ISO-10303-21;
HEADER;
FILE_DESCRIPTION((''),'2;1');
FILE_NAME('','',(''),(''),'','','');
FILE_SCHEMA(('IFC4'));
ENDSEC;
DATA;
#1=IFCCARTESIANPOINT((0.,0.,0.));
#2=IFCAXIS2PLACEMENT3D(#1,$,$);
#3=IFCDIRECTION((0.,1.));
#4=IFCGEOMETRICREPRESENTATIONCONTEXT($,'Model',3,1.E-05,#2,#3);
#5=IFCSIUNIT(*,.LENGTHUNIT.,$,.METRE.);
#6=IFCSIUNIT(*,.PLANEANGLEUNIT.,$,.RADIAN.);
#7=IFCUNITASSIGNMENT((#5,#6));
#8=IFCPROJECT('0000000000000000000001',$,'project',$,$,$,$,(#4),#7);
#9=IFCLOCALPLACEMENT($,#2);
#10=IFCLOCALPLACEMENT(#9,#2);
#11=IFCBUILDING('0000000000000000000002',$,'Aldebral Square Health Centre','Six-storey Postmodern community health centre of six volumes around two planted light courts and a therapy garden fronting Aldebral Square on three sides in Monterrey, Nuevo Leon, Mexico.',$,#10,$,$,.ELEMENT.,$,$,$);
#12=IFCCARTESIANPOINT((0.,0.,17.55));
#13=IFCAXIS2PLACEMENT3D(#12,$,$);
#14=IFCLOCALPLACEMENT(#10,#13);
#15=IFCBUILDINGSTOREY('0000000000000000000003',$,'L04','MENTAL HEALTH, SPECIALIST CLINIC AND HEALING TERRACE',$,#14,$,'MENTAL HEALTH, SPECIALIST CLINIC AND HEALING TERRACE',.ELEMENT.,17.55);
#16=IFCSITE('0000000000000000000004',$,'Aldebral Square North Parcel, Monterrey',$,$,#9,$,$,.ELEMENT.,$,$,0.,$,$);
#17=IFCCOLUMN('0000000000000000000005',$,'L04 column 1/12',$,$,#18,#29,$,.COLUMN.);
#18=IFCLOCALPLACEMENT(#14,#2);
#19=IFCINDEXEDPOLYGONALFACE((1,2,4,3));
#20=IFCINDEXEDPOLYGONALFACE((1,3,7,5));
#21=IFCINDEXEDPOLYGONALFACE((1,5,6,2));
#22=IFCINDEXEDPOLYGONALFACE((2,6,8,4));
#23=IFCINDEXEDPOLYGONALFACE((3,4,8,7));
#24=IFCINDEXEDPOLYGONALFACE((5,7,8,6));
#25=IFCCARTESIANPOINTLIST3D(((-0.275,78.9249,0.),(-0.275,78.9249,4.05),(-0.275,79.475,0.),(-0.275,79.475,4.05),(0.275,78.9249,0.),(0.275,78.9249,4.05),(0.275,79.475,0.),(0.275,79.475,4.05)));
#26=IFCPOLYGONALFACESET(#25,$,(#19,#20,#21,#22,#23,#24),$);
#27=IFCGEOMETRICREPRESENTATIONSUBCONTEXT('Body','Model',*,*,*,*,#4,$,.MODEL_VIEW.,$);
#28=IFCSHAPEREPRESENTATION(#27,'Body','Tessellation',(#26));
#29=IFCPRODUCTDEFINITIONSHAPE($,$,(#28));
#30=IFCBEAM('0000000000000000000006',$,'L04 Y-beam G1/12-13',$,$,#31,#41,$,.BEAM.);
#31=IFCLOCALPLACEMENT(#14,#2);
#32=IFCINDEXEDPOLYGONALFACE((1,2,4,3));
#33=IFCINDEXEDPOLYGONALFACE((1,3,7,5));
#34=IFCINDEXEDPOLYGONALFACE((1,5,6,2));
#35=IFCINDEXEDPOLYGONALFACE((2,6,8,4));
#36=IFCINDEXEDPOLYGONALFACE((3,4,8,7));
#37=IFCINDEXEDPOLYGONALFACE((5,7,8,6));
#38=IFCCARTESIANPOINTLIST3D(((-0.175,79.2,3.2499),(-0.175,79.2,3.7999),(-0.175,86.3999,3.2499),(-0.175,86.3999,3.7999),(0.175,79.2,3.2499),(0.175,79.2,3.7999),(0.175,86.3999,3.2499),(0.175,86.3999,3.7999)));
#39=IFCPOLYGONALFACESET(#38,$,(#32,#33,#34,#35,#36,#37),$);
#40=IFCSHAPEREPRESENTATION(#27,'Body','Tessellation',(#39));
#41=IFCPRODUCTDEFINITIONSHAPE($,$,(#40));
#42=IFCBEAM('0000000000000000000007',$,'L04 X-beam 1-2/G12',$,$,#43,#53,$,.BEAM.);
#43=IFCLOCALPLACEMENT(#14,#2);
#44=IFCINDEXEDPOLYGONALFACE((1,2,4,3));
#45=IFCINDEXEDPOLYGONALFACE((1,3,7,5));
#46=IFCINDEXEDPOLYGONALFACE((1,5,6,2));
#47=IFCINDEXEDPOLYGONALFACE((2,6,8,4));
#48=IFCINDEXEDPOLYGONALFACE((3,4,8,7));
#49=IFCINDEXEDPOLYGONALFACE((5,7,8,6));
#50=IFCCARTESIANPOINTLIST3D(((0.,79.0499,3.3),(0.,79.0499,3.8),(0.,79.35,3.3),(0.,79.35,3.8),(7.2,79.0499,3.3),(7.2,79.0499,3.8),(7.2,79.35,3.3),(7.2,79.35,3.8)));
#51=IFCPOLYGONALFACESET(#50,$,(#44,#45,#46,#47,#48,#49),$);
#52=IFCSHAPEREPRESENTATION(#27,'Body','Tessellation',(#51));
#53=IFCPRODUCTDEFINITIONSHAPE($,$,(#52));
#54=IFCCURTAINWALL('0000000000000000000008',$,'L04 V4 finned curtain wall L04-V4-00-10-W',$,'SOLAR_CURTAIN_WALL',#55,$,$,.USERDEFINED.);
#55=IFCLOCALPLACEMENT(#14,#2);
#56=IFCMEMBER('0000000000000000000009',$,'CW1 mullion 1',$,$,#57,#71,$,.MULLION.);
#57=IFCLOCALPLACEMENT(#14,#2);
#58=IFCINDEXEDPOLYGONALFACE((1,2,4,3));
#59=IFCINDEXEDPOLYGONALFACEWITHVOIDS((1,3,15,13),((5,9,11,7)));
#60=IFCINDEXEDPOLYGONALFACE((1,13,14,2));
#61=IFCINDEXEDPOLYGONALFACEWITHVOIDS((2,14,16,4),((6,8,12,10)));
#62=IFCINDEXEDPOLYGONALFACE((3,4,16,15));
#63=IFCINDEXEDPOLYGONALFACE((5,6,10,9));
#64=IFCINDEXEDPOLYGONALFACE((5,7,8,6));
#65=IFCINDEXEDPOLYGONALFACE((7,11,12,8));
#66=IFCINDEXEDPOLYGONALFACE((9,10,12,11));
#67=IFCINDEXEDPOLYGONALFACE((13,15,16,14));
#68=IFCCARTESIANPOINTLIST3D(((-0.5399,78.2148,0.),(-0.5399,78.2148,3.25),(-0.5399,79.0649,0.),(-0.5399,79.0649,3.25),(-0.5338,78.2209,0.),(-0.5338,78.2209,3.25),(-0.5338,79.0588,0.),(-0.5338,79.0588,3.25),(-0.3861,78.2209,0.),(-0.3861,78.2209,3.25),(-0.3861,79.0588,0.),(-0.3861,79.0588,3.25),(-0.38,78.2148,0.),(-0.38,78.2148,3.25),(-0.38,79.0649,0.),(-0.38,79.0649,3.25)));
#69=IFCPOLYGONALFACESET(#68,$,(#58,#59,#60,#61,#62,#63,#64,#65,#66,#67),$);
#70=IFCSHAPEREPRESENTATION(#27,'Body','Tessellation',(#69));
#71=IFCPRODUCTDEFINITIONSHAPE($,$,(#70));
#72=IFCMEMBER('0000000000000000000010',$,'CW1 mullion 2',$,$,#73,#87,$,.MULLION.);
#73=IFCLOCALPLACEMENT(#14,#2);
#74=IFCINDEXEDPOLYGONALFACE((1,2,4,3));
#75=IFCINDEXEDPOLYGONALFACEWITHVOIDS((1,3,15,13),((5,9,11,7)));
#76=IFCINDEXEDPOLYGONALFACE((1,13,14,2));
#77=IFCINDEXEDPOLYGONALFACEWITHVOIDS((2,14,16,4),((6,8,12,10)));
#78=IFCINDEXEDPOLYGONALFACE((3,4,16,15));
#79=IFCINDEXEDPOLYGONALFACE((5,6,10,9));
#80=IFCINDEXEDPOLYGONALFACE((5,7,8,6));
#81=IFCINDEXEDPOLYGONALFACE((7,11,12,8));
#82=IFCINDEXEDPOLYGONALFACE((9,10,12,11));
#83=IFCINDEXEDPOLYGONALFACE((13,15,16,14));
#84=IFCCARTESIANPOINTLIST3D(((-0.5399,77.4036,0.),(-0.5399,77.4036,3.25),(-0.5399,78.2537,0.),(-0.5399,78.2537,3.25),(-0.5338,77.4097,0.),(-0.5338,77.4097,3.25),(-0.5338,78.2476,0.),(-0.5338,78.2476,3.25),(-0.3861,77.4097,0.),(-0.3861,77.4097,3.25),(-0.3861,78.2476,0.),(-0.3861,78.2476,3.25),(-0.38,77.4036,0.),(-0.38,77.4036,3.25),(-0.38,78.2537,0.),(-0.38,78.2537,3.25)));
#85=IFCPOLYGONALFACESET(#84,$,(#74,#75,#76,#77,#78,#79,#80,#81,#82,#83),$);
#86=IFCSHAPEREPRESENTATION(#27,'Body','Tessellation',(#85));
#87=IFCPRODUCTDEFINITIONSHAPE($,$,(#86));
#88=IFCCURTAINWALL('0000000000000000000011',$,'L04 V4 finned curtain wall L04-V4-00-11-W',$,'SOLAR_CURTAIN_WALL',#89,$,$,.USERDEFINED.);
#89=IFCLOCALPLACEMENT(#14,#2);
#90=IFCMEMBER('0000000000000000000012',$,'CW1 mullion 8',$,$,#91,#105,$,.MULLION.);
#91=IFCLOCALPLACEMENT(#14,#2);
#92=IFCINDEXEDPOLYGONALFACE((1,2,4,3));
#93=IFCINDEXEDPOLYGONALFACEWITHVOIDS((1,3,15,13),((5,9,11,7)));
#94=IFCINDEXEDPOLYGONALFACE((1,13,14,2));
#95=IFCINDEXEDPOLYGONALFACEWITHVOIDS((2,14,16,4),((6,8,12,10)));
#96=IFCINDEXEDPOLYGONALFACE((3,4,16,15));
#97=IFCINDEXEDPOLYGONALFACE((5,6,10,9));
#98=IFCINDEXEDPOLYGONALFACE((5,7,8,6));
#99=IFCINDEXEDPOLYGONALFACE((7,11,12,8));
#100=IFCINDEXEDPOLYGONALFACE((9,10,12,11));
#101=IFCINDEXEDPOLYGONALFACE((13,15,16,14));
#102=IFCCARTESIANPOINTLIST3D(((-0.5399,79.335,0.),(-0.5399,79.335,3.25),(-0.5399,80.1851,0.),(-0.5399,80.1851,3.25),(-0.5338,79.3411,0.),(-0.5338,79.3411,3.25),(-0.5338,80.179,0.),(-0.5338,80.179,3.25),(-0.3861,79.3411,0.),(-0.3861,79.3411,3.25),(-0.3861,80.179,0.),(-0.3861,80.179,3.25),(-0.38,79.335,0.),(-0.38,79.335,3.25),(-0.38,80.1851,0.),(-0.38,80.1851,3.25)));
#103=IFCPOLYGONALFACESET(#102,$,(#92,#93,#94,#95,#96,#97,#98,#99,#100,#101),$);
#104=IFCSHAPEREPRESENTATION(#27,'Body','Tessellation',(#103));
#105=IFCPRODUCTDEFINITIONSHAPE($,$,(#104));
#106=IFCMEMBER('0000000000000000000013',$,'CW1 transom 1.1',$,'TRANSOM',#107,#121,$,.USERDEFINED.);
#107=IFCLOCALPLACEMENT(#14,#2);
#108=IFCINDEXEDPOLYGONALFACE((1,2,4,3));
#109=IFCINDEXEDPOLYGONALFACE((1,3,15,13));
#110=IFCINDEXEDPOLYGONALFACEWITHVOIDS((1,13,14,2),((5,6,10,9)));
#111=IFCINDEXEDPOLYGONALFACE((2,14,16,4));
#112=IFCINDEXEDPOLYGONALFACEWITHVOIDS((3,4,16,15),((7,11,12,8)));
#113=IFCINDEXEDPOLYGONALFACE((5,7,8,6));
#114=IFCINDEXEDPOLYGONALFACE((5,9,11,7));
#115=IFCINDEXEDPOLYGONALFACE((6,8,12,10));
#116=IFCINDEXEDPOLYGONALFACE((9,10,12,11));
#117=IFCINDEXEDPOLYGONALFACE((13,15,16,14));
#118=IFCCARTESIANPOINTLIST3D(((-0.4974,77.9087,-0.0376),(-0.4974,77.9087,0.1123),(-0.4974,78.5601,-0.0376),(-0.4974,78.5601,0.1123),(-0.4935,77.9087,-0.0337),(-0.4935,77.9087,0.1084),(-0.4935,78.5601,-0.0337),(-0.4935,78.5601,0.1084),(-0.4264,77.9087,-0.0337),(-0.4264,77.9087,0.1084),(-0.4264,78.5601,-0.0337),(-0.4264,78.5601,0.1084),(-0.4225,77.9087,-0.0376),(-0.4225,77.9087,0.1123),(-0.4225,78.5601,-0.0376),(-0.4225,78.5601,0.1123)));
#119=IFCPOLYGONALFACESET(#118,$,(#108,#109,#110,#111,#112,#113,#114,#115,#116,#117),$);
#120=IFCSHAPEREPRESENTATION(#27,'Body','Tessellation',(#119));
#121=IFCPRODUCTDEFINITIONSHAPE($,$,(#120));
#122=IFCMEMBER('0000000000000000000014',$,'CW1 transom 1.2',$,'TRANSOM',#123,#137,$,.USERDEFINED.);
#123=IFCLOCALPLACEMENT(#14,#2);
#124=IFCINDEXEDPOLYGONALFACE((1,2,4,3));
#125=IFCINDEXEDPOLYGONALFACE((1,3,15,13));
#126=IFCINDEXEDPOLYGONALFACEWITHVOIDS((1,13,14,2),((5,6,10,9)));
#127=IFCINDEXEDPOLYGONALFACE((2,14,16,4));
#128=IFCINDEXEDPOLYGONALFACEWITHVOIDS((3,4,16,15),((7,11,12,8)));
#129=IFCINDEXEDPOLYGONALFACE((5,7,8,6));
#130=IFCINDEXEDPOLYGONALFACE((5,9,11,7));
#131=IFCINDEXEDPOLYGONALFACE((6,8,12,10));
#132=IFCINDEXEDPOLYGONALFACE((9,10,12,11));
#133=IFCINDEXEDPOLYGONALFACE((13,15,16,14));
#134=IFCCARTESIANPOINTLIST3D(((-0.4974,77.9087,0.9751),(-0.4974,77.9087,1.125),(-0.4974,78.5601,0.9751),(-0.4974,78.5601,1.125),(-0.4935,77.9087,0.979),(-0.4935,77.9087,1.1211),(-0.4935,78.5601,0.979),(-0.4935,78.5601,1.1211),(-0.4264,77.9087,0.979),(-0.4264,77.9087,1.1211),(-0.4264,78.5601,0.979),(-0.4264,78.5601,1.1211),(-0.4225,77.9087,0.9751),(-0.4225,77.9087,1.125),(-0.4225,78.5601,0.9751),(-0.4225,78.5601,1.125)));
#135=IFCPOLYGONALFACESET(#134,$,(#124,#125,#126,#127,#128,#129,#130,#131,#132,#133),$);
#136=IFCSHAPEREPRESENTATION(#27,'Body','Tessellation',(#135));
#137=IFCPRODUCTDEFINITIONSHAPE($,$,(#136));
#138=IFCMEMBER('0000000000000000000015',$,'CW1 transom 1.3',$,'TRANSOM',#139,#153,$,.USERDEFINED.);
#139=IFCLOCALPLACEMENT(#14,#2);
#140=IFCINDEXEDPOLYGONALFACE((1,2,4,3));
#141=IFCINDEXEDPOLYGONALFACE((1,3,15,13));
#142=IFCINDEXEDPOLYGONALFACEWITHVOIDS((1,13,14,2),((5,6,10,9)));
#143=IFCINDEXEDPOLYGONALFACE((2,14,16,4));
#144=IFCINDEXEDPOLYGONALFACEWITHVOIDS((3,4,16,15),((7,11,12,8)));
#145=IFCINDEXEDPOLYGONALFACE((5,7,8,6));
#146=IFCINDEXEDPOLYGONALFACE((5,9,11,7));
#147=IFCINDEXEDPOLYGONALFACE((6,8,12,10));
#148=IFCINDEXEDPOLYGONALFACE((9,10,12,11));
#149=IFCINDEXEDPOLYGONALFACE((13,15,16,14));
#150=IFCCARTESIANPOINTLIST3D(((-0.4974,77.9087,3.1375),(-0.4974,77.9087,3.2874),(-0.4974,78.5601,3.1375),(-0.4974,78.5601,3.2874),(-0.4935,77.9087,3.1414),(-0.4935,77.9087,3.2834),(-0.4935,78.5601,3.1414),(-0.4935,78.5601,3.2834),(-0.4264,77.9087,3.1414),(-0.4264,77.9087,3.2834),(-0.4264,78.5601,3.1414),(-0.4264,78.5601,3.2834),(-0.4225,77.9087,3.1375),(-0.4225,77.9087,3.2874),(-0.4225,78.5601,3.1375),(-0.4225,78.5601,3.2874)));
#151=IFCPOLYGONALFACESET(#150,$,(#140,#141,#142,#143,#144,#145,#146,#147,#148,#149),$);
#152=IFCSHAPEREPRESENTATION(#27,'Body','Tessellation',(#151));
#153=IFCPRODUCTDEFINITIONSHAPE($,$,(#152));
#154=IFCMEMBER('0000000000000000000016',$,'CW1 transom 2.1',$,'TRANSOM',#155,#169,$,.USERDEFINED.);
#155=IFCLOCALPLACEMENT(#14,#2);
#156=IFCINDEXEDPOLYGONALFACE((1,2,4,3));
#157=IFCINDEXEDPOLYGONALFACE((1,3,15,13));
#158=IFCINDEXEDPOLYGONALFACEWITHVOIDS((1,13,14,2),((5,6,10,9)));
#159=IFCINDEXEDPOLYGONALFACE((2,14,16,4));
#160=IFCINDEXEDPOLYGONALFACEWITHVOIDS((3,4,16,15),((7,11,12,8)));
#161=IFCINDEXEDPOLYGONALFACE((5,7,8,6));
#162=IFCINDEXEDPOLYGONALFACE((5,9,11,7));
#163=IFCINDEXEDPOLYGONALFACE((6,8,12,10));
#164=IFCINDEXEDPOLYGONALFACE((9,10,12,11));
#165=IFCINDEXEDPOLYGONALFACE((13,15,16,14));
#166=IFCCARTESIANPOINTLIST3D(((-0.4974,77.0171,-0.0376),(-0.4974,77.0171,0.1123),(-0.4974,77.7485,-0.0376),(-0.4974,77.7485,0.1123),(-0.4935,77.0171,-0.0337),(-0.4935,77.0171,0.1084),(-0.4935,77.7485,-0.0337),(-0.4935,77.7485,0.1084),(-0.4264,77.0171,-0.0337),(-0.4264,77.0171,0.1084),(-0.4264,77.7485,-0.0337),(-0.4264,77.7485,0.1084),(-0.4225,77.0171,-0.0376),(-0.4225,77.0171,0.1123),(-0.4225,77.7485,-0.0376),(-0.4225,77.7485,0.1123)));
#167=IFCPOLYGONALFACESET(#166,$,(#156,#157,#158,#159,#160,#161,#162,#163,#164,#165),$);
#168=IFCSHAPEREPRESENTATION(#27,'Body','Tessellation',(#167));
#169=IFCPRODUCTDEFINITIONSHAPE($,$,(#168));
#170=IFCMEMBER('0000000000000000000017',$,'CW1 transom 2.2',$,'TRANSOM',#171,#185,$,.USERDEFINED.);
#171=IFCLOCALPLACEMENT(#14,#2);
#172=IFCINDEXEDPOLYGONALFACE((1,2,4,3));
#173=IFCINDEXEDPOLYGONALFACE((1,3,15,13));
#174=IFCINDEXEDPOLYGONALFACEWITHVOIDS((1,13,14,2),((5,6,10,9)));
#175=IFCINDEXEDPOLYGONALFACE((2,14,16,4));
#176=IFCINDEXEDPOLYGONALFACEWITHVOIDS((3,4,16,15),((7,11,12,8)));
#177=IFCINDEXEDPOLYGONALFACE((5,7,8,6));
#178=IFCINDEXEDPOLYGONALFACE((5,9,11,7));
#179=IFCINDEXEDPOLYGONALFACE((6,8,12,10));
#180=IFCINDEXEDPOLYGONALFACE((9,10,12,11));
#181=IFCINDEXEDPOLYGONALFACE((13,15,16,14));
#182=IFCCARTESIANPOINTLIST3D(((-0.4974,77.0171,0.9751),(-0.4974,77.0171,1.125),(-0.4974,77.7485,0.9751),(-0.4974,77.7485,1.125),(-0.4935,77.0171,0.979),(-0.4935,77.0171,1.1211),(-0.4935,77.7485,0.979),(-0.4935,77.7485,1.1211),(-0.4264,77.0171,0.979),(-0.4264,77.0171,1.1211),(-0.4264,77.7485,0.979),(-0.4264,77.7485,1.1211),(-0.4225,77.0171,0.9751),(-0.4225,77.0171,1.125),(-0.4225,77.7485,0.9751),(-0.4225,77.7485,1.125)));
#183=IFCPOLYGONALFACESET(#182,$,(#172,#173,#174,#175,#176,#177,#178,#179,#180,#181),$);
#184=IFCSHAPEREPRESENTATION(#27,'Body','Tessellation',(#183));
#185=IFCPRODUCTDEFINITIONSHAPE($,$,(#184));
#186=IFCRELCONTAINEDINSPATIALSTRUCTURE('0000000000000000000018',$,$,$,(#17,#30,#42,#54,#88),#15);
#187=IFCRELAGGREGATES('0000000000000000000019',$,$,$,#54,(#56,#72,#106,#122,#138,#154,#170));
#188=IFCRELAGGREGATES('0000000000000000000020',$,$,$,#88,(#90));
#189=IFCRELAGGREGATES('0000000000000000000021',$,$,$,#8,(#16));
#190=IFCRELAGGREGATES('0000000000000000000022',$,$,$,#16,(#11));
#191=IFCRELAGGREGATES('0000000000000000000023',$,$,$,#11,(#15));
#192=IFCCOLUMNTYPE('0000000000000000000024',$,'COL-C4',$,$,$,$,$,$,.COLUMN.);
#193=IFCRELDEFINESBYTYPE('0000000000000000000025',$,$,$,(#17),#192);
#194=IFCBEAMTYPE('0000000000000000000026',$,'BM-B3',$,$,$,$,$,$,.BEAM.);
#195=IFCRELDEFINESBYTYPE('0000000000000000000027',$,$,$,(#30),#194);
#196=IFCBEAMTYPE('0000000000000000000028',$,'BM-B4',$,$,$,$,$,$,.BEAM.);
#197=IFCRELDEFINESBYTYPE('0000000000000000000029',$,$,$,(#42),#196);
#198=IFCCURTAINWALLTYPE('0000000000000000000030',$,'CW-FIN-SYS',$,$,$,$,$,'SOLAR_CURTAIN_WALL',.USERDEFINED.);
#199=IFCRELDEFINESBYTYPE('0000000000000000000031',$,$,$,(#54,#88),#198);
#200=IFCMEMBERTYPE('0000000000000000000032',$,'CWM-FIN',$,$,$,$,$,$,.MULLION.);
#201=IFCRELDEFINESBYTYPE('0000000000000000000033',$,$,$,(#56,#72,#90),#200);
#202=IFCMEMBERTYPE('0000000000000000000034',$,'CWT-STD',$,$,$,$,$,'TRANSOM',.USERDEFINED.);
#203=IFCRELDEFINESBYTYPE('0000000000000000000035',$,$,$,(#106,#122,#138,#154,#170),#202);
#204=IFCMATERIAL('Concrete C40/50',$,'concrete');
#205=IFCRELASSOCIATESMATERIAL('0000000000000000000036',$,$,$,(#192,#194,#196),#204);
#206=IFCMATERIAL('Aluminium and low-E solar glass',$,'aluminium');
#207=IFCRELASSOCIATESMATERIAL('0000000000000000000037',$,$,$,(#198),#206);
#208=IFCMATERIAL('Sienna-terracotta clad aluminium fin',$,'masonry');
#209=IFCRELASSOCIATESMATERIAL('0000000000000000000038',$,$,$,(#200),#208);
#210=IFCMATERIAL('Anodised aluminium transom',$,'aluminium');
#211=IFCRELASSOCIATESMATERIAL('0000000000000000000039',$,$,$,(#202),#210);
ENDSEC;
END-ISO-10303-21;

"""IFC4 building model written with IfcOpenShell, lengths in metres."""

from ifc_helpers import new_model, si_unit, direction, frame, origin, origin_2d, place, context, subcontext, project, spatial, rectangle, hollow_rectangle, extrude, material, material_profile, profile_set, type_object, element, aggregate, save


model = new_model("IFC4")

# Units and contexts
model_context = context("Model", 3, precision=1e-05, world=origin(), true_north=direction((0.0, 1.0)))
body_context = subcontext(model_context, "Body", "Model", "MODEL_VIEW")
ifc_project = project(units=[si_unit("LENGTHUNIT", "METRE"), si_unit("PLANEANGLEUNIT", "RADIAN")], contexts=[model_context])

# Site, building, storey
site_placement = place(None, origin())
site = spatial("IfcSite", under=ifc_project, at=site_placement, Name="Aldebral Square North Parcel, Monterrey", CompositionType="ELEMENT", RefElevation=0.0)
building_placement = place(site_placement, origin())
building = spatial("IfcBuilding", under=site, at=building_placement, Name="Aldebral Square Health Centre", Description="Six-storey Postmodern community health centre of six volumes around two planted light courts and a therapy garden fronting Aldebral Square on three sides in Monterrey, Nuevo Leon, Mexico.", CompositionType="ELEMENT")
storey_placement = place(building_placement, frame((0.0, 0.0, 17.55)))
storey = spatial("IfcBuildingStorey", under=building, at=storey_placement, Name="L04", Description="MENTAL HEALTH, SPECIALIST CLINIC AND HEALING TERRACE", LongName="MENTAL HEALTH, SPECIALIST CLINIC AND HEALING TERRACE", CompositionType="ELEMENT", Elevation=17.55)

# Column
ifc_material_1 = material(Name="Concrete C40/50", Category="concrete")
ifc_material_profile_1 = material_profile(ifc_material_1, rectangle(XDim=0.55, YDim=0.55, at=origin_2d()), Name="RC 550x550")
ifc_profile_set_1 = profile_set([ifc_material_profile_1], Name="Concrete C40/50")
column_type = type_object("IfcColumnType", Name="COL-C4", PredefinedType="COLUMN", material=ifc_profile_set_1)
column_placement = place(storey_placement, frame((0.0, 79.2, 0.0), z_axis=(0.0, 0.0, 1.0), x_axis=(1.0, 0.0, 0.0)))
element("IfcColumn", 1, at=column_placement, inside=storey, type_object=column_type, Name="L04 column 1/12", PredefinedType="COLUMN", context=body_context, shape_type="SweptSolid", body=[
    extrude(rectangle(XDim=0.55, YDim=0.55, at=origin_2d()), origin(), (0.0, 0.0, 1.0), 4.05),
])

# Beams
ifc_material_profile_2 = material_profile(ifc_material_1, rectangle(XDim=0.3501, YDim=0.55, at=origin_2d()), Name="RC 350x550")
ifc_profile_set_2 = profile_set([ifc_material_profile_2], Name="Concrete C40/50")
beam_type_1 = type_object("IfcBeamType", Name="BM-B3", PredefinedType="BEAM", material=ifc_profile_set_2)
beam_1_placement = place(storey_placement, frame((0.0, 79.2, 3.5249), z_axis=(0.0, 1.0, 0.0), x_axis=(-1.0, 0.0, 0.0)))
element("IfcBeam", 2, at=beam_1_placement, inside=storey, type_object=beam_type_1, Name="L04 Y-beam G1/12-13", PredefinedType="BEAM", context=body_context, shape_type="SweptSolid", body=[
    extrude(rectangle(XDim=0.3501, YDim=0.55, at=origin_2d()), origin(), (0.0, 0.0, 1.0), 7.2),
])
ifc_material_profile_3 = material_profile(ifc_material_1, rectangle(XDim=0.3, YDim=0.5, at=origin_2d()), Name="RC 300x500")
ifc_profile_set_3 = profile_set([ifc_material_profile_3], Name="Concrete C40/50")
beam_type_2 = type_object("IfcBeamType", Name="BM-B4", PredefinedType="BEAM", material=ifc_profile_set_3)
beam_2_placement = place(storey_placement, frame((0.0, 79.2, 3.55), z_axis=(1.0, 0.0, 0.0), x_axis=(0.0, 1.0, 0.0)))
element("IfcBeam", 3, at=beam_2_placement, inside=storey, type_object=beam_type_2, Name="L04 X-beam 1-2/G12", PredefinedType="BEAM", context=body_context, shape_type="SweptSolid", body=[
    extrude(rectangle(XDim=0.3, YDim=0.5, at=origin_2d()), origin(), (0.0, 0.0, 1.0), 7.2),
])

# Curtain wall, members
ifc_material_2 = material(Name="Aluminium and low-E solar glass", Category="aluminium")
curtain_wall_type = type_object("IfcCurtainWallType", Name="CW-FIN-SYS", ElementType="SOLAR_CURTAIN_WALL", PredefinedType="USERDEFINED", material=ifc_material_2)
curtain_wall_1_placement = place(storey_placement, origin())
curtain_wall_1 = element("IfcCurtainWall", 4, at=curtain_wall_1_placement, inside=storey, type_object=curtain_wall_type, Name="L04 V4 finned curtain wall L04-V4-00-10-W", ObjectType="SOLAR_CURTAIN_WALL", PredefinedType="USERDEFINED")
ifc_material_3 = material(Name="Sienna-terracotta clad aluminium fin", Category="masonry")
ifc_material_profile_4 = material_profile(ifc_material_3, hollow_rectangle(XDim=0.1599, YDim=0.8501, WallThickness=0.0061, at=origin_2d()), Name="FIN 160x850x6")
ifc_profile_set_4 = profile_set([ifc_material_profile_4], Name="Sienna-terracotta clad aluminium fin")
member_type_1 = type_object("IfcMemberType", Name="CWM-FIN", PredefinedType="MULLION", material=ifc_profile_set_4)
member_1_placement = place(storey_placement, frame((-0.46, 78.6399, 0.0), z_axis=(0.0, 0.0, 1.0), x_axis=(1.0, 0.0, 0.0)))
member_1 = element("IfcMember", 5, at=member_1_placement, type_object=member_type_1, Name="CW1 mullion 1", PredefinedType="MULLION", context=body_context, shape_type="SweptSolid", body=[
    extrude(hollow_rectangle(XDim=0.1599, YDim=0.8501, WallThickness=0.0061, at=origin_2d()), origin(), (0.0, 0.0, 1.0), 3.25),
])
member_2_placement = place(storey_placement, frame((-0.46, 77.8286, 0.0), z_axis=(0.0, 0.0, 1.0), x_axis=(1.0, 0.0, 0.0)))
member_2 = element("IfcMember", 6, at=member_2_placement, type_object=member_type_1, Name="CW1 mullion 2", PredefinedType="MULLION", context=body_context, shape_type="SweptSolid", body=[
    extrude(hollow_rectangle(XDim=0.1599, YDim=0.8501, WallThickness=0.0061, at=origin_2d()), origin(), (0.0, 0.0, 1.0), 3.25),
])

# Curtain wall, member
curtain_wall_2_placement = place(storey_placement, origin())
curtain_wall_2 = element("IfcCurtainWall", 7, at=curtain_wall_2_placement, inside=storey, type_object=curtain_wall_type, Name="L04 V4 finned curtain wall L04-V4-00-11-W", ObjectType="SOLAR_CURTAIN_WALL", PredefinedType="USERDEFINED")
member_3_placement = place(storey_placement, frame((-0.46, 79.76, 0.0), z_axis=(0.0, 0.0, 1.0), x_axis=(1.0, 0.0, 0.0)))
member_3 = element("IfcMember", 8, at=member_3_placement, type_object=member_type_1, Name="CW1 mullion 8", PredefinedType="MULLION", context=body_context, shape_type="SweptSolid", body=[
    extrude(hollow_rectangle(XDim=0.1599, YDim=0.8501, WallThickness=0.0061, at=origin_2d()), origin(), (0.0, 0.0, 1.0), 3.25),
])

# Members
ifc_material_4 = material(Name="Anodised aluminium transom", Category="aluminium")
ifc_material_profile_5 = material_profile(ifc_material_4, hollow_rectangle(XDim=0.075, YDim=0.1499, WallThickness=0.0039, at=origin_2d()), Name="CWT 75x150x4")
ifc_profile_set_5 = profile_set([ifc_material_profile_5], Name="Anodised aluminium transom")
member_type_2 = type_object("IfcMemberType", Name="CWT-STD", ElementType="TRANSOM", PredefinedType="USERDEFINED", material=ifc_profile_set_5)
member_4_placement = place(storey_placement, frame((-0.46, 78.5601, 0.0374), z_axis=(0.0, -1.0, 0.0), x_axis=(1.0, 0.0, 0.0)))
member_4 = element("IfcMember", 9, at=member_4_placement, type_object=member_type_2, Name="CW1 transom 1.1", ObjectType="TRANSOM", PredefinedType="USERDEFINED", context=body_context, shape_type="SweptSolid", body=[
    extrude(hollow_rectangle(XDim=0.075, YDim=0.1499, WallThickness=0.0039, at=origin_2d()), origin(), (0.0, 0.0, 1.0), 0.6514),
])
member_5_placement = place(storey_placement, frame((-0.46, 78.5601, 1.05), z_axis=(0.0, -1.0, 0.0), x_axis=(1.0, 0.0, 0.0)))
member_5 = element("IfcMember", 10, at=member_5_placement, type_object=member_type_2, Name="CW1 transom 1.2", ObjectType="TRANSOM", PredefinedType="USERDEFINED", context=body_context, shape_type="SweptSolid", body=[
    extrude(hollow_rectangle(XDim=0.075, YDim=0.1499, WallThickness=0.0039, at=origin_2d()), origin(), (0.0, 0.0, 1.0), 0.6514),
])
member_6_placement = place(storey_placement, frame((-0.46, 78.5601, 3.2124), z_axis=(0.0, -1.0, 0.0), x_axis=(1.0, 0.0, 0.0)))
member_6 = element("IfcMember", 11, at=member_6_placement, type_object=member_type_2, Name="CW1 transom 1.3", ObjectType="TRANSOM", PredefinedType="USERDEFINED", context=body_context, shape_type="SweptSolid", body=[
    extrude(hollow_rectangle(XDim=0.075, YDim=0.1499, WallThickness=0.0039, at=origin_2d()), origin(), (0.0, 0.0, 1.0), 0.6514),
])
member_7_placement = place(storey_placement, frame((-0.46, 77.7485, 0.0374), z_axis=(0.0, -1.0, 0.0), x_axis=(1.0, 0.0, 0.0)))
member_7 = element("IfcMember", 12, at=member_7_placement, type_object=member_type_2, Name="CW1 transom 2.1", ObjectType="TRANSOM", PredefinedType="USERDEFINED", context=body_context, shape_type="SweptSolid", body=[
    extrude(hollow_rectangle(XDim=0.075, YDim=0.1499, WallThickness=0.0039, at=origin_2d()), origin(), (0.0, 0.0, 1.0), 0.7314),
])
member_8_placement = place(storey_placement, frame((-0.46, 77.7485, 1.05), z_axis=(0.0, -1.0, 0.0), x_axis=(1.0, 0.0, 0.0)))
member_8 = element("IfcMember", 13, at=member_8_placement, type_object=member_type_2, Name="CW1 transom 2.2", ObjectType="TRANSOM", PredefinedType="USERDEFINED", context=body_context, shape_type="SweptSolid", body=[
    extrude(hollow_rectangle(XDim=0.075, YDim=0.1499, WallThickness=0.0039, at=origin_2d()), origin(), (0.0, 0.0, 1.0), 0.7314),
])

aggregate(curtain_wall_1, [member_1, member_2, member_4, member_5, member_6, member_7, member_8])
aggregate(curtain_wall_2, [member_3])

save(model, "model.ifc")
